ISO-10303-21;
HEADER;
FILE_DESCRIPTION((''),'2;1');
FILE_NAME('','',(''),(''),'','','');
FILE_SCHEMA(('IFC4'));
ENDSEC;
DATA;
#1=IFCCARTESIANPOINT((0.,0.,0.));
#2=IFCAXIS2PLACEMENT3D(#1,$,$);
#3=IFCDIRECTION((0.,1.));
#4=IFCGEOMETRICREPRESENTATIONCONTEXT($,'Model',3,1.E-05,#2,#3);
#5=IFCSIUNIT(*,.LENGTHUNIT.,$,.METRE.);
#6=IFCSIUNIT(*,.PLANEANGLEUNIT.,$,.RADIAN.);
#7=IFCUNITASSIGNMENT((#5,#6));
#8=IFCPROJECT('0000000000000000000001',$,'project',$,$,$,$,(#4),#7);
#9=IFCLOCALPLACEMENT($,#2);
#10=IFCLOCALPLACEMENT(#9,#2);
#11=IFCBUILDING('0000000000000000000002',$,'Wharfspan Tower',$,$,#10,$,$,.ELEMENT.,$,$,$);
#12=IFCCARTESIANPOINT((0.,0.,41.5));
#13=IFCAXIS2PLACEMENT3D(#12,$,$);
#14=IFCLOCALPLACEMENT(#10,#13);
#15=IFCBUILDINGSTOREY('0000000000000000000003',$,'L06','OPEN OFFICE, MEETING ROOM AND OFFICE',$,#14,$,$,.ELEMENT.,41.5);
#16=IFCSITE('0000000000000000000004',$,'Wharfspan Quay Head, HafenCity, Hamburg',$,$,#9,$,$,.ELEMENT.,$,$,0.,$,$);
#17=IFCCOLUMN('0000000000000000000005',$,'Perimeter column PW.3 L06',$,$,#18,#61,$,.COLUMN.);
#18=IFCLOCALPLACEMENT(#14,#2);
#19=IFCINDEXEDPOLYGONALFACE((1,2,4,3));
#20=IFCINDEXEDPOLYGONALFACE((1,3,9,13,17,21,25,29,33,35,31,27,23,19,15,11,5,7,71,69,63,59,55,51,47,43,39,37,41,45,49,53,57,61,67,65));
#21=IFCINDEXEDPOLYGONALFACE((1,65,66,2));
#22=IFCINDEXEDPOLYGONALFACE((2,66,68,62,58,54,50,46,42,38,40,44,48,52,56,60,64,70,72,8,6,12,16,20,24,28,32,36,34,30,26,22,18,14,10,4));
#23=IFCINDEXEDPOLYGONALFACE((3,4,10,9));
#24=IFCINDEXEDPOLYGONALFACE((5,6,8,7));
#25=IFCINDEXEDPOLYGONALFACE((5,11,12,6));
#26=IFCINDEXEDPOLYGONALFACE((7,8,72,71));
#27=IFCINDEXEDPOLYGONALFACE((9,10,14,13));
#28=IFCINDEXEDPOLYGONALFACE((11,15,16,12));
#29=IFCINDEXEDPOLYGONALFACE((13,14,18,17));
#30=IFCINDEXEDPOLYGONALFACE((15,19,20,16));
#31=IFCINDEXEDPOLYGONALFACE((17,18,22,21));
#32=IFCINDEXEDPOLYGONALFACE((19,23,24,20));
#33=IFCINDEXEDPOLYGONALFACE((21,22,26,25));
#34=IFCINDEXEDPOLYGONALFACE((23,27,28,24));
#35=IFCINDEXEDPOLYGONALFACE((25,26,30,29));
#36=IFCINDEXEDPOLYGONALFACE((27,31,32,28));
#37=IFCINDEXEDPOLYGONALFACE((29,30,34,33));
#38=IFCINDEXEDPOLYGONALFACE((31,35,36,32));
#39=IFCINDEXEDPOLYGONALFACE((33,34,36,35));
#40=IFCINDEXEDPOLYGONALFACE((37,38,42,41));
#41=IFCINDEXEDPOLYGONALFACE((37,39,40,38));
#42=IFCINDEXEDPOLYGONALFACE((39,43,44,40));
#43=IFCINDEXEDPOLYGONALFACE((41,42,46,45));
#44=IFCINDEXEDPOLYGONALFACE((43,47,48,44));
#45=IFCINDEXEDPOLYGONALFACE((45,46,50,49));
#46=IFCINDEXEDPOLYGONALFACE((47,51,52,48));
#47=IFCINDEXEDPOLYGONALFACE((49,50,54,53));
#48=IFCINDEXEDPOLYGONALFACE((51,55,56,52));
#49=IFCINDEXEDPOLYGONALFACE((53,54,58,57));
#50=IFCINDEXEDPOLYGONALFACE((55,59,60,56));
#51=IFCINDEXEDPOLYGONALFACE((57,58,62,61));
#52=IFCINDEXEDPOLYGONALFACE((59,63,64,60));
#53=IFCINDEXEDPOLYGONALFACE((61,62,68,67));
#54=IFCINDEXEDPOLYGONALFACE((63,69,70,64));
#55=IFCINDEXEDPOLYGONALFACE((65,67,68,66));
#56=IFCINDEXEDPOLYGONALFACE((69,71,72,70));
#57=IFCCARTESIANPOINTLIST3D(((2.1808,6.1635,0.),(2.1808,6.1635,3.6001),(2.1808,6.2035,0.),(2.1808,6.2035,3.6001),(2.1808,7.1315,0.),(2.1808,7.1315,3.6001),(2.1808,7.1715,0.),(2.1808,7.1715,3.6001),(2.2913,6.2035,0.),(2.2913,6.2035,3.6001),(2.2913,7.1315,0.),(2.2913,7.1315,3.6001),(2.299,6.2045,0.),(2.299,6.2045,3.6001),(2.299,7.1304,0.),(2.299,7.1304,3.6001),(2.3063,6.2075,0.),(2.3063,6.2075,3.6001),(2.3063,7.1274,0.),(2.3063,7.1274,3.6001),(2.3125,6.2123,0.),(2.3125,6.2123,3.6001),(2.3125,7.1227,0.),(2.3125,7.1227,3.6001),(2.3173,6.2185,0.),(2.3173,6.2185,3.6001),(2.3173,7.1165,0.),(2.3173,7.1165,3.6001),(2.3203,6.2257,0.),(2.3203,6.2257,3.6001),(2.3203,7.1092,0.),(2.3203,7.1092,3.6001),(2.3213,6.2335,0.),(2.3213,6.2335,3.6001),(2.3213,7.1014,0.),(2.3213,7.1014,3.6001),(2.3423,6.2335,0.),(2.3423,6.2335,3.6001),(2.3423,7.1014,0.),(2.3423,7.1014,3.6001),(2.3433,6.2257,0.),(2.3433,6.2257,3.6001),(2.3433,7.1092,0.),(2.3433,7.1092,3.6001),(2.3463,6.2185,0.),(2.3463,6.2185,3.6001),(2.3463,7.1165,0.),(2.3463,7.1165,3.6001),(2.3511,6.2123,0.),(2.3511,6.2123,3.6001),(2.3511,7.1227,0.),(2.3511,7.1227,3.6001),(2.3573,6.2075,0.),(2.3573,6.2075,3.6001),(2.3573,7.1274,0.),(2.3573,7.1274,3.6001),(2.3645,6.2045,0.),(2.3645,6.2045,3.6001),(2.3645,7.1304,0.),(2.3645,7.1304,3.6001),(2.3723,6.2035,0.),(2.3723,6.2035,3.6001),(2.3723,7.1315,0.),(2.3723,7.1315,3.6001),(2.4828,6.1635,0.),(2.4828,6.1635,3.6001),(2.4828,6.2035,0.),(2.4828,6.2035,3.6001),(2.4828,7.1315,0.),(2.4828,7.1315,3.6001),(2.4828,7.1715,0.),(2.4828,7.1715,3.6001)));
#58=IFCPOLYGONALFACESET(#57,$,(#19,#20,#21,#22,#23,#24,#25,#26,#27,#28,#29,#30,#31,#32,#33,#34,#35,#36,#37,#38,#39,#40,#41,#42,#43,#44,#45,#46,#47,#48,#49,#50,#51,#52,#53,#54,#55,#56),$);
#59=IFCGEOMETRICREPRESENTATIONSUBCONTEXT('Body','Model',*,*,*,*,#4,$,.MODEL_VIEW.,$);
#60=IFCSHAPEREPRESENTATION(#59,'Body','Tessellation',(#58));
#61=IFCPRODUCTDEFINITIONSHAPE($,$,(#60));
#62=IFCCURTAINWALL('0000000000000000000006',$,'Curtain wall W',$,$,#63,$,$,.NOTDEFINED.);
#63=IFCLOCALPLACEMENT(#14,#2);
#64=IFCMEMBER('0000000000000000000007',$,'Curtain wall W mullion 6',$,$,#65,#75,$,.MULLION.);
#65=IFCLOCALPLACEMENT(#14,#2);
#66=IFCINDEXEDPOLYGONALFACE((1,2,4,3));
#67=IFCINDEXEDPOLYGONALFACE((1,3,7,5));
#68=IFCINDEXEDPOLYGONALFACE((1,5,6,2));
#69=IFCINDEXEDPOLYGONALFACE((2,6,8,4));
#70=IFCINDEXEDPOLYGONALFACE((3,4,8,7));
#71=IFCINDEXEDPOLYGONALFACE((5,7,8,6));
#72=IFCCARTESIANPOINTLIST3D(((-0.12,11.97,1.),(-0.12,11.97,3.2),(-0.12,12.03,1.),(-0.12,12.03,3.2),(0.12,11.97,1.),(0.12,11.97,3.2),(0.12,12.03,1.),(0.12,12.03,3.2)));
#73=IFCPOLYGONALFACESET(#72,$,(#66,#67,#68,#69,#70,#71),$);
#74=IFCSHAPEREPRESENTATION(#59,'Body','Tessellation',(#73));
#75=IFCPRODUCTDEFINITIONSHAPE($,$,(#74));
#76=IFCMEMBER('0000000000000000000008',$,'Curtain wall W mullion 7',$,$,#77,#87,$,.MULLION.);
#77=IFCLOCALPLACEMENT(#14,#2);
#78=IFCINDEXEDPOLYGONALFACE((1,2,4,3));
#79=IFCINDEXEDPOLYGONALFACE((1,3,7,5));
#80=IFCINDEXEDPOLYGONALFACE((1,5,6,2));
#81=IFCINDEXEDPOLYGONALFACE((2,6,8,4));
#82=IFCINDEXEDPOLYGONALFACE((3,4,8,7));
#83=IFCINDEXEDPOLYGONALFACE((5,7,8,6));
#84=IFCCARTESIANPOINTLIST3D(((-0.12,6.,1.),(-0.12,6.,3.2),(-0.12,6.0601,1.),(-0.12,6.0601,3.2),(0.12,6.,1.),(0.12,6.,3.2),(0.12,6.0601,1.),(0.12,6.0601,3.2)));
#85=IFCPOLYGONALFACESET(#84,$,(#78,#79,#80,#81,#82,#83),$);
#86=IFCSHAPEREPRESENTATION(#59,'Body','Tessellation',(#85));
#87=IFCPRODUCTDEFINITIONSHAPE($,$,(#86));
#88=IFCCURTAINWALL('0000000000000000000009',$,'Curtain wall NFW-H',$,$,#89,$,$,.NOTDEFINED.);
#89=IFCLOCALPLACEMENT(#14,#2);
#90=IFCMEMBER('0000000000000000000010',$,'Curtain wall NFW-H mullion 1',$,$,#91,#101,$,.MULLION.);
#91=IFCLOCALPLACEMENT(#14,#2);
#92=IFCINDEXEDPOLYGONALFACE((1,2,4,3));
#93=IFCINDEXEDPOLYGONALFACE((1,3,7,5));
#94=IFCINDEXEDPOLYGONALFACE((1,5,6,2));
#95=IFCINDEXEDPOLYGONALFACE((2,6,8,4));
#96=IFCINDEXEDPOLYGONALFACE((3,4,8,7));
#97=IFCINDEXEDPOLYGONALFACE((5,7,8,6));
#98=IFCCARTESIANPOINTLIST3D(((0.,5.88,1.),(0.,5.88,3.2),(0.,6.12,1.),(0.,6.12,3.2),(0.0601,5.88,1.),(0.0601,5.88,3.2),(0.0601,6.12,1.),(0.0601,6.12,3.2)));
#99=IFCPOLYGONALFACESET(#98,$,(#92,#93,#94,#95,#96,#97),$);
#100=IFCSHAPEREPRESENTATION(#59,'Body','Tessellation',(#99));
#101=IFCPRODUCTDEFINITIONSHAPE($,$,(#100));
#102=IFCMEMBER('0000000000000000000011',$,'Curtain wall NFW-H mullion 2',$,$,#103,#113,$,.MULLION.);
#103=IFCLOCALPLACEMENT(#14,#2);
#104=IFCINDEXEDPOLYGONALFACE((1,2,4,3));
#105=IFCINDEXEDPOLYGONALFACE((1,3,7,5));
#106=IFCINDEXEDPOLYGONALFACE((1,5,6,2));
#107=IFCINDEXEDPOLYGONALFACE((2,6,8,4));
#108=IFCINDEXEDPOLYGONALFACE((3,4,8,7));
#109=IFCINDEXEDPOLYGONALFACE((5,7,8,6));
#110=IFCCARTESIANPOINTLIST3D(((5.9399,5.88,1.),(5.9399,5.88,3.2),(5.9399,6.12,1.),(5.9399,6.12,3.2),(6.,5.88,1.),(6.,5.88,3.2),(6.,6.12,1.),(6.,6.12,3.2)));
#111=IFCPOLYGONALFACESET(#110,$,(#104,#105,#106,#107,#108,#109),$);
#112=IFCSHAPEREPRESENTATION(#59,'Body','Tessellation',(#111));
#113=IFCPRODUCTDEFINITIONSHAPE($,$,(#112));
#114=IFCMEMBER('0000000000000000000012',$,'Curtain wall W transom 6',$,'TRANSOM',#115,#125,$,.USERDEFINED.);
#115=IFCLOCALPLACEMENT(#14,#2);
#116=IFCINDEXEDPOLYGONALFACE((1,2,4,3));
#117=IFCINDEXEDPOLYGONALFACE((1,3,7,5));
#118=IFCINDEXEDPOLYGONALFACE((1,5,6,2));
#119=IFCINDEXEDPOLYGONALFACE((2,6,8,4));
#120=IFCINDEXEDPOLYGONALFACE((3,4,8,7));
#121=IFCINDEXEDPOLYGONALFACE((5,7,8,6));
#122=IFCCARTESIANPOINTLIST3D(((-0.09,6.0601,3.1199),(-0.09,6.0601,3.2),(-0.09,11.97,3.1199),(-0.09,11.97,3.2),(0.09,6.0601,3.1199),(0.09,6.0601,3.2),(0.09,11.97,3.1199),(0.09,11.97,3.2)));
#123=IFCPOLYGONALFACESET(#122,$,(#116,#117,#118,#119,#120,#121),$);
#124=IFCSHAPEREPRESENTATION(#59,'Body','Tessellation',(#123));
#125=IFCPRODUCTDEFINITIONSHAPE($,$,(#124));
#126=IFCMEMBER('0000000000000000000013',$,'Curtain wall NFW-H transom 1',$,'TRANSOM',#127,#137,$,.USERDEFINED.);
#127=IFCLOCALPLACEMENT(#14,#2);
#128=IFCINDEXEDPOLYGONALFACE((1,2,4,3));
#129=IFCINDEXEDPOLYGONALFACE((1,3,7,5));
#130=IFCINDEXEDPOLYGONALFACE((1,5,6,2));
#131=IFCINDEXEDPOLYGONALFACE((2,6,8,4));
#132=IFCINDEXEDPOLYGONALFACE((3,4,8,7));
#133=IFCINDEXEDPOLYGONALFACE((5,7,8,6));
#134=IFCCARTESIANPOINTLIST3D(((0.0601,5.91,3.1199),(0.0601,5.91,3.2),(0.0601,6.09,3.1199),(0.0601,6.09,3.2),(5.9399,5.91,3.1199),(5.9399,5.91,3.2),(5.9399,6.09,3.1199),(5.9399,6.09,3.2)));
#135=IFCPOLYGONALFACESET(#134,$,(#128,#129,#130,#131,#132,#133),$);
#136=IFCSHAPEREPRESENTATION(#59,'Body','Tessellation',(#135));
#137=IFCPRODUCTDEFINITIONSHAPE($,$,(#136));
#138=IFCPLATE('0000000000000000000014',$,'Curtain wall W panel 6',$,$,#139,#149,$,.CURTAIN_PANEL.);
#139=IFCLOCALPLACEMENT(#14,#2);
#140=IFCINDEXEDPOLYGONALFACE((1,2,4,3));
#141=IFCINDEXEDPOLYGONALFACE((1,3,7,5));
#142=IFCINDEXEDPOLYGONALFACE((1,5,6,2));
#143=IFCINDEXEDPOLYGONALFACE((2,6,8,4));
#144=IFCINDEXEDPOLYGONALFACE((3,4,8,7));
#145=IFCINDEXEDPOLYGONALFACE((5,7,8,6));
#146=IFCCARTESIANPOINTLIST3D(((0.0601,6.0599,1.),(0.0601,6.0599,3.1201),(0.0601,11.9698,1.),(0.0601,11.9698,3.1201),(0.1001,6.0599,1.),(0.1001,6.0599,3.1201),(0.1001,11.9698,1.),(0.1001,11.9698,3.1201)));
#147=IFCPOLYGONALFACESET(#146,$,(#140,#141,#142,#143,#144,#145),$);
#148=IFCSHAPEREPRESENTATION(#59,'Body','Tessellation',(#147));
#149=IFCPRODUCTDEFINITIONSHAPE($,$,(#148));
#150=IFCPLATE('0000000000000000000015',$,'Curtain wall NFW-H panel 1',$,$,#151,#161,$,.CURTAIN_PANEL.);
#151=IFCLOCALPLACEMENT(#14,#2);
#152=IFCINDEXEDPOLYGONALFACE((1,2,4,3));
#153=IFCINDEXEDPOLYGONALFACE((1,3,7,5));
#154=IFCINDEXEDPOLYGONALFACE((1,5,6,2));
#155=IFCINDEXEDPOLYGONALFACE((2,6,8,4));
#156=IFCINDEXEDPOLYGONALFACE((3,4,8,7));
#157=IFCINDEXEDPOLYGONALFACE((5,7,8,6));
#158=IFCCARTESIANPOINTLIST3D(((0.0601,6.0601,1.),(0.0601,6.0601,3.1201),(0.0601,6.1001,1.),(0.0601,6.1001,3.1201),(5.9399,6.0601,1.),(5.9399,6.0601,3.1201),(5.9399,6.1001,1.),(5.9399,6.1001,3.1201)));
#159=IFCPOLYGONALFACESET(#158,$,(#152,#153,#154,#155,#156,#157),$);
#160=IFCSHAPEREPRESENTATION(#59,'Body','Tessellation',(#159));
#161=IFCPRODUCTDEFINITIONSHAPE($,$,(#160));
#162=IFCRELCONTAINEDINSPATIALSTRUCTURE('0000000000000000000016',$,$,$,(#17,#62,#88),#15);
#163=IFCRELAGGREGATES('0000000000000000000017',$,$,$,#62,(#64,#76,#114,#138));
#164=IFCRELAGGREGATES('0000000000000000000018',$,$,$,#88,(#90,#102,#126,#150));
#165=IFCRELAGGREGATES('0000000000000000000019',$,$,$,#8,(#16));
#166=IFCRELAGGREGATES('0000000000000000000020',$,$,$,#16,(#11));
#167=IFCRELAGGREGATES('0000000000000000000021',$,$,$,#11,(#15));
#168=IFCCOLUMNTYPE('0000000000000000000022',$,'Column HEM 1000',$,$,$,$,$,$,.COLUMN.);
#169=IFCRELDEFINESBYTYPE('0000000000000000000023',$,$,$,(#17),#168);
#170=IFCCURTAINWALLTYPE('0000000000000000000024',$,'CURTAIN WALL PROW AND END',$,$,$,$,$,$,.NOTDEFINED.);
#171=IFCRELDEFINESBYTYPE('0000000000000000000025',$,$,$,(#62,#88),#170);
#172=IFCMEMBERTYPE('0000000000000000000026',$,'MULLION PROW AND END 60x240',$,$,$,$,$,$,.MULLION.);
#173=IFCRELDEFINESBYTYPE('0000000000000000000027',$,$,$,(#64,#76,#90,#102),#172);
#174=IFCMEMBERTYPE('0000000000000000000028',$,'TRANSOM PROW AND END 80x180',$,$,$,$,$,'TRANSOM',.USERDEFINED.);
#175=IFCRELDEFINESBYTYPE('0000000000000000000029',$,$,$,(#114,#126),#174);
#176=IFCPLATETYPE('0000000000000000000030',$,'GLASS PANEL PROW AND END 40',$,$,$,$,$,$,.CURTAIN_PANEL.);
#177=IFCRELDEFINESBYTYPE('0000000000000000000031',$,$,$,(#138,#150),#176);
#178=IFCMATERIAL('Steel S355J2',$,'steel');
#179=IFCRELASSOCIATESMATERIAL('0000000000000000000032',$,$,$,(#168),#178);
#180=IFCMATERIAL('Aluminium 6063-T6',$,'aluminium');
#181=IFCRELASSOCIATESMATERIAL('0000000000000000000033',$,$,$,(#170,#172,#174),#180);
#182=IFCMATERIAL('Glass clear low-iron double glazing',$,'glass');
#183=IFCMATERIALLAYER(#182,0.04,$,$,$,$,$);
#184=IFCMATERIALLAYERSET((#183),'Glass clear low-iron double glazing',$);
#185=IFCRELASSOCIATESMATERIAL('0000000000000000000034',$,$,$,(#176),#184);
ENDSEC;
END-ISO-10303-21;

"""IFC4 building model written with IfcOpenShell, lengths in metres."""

from ifc_helpers import new_model, si_unit, direction, frame, origin, origin_2d, place, context, subcontext, project, spatial, rectangle, i_section, extrude, material, layer, layer_set, material_profile, profile_set, type_object, element, aggregate, save


model = new_model("IFC4")

# Units and contexts
model_context = context("Model", 3, precision=1e-05, world=origin(), true_north=direction((0.0, 1.0)))
body_context = subcontext(model_context, "Body", "Model", "MODEL_VIEW")
ifc_project = project(units=[si_unit("LENGTHUNIT", "METRE"), si_unit("PLANEANGLEUNIT", "RADIAN")], contexts=[model_context])

# Site, building, storey
site_placement = place(None, origin())
site = spatial("IfcSite", under=ifc_project, at=site_placement, Name="Wharfspan Quay Head, HafenCity, Hamburg", CompositionType="ELEMENT", RefElevation=0.0)
building_placement = place(site_placement, origin())
building = spatial("IfcBuilding", under=site, at=building_placement, Name="Wharfspan Tower", CompositionType="ELEMENT")
storey_placement = place(building_placement, frame((0.0, 0.0, 41.5)))
storey = spatial("IfcBuildingStorey", under=building, at=storey_placement, Name="L06", Description="OPEN OFFICE, MEETING ROOM AND OFFICE", CompositionType="ELEMENT", Elevation=41.5)

# Column
ifc_material_1 = material(Name="Steel S355J2", Category="steel")
ifc_material_profile_1 = material_profile(ifc_material_1, i_section(OverallWidth=0.302, OverallDepth=1.0081, WebThickness=0.021, FlangeThickness=0.04, FilletRadius=0.03, at=origin_2d()))
ifc_profile_set_1 = profile_set([ifc_material_profile_1], Name="Steel S355J2")
column_type = type_object("IfcColumnType", Name="Column HEM 1000", PredefinedType="COLUMN", material=ifc_profile_set_1)
column_placement = place(storey_placement, frame((2.3318, 6.6675, 0.0), z_axis=(0.0, 0.0, 1.0), x_axis=(-1.0, 0.0, 0.0)))
element("IfcColumn", 1, at=column_placement, inside=storey, type_object=column_type, Name="Perimeter column PW.3 L06", PredefinedType="COLUMN", context=body_context, shape_type="SweptSolid", body=[
    extrude(i_section(OverallWidth=0.302, OverallDepth=1.0081, WebThickness=0.021, FlangeThickness=0.04, FilletRadius=0.03, at=origin_2d()), origin(), (0.0, 0.0, 1.0), 3.6001),
])

# Curtain walls, members
ifc_material_2 = material(Name="Aluminium 6063-T6", Category="aluminium")
curtain_wall_type = type_object("IfcCurtainWallType", Name="CURTAIN WALL PROW AND END", PredefinedType="NOTDEFINED", material=ifc_material_2)
curtain_wall_1_placement = place(storey_placement, origin())
curtain_wall_1 = element("IfcCurtainWall", 2, at=curtain_wall_1_placement, inside=storey, type_object=curtain_wall_type, Name="Curtain wall W", PredefinedType="NOTDEFINED")
ifc_material_profile_2 = material_profile(ifc_material_2, rectangle(XDim=0.24, YDim=0.0601, at=origin_2d()))
ifc_profile_set_2 = profile_set([ifc_material_profile_2], Name="Aluminium 6063-T6")
member_type_1 = type_object("IfcMemberType", Name="MULLION PROW AND END 60x240", PredefinedType="MULLION", material=ifc_profile_set_2)
member_1_placement = place(storey_placement, frame((0.0, 12.0, 1.0), z_axis=(0.0, 0.0, 1.0), x_axis=(1.0, 0.0, 0.0)))
member_1 = element("IfcMember", 3, at=member_1_placement, type_object=member_type_1, Name="Curtain wall W mullion 6", PredefinedType="MULLION", context=body_context, shape_type="SweptSolid", body=[
    extrude(rectangle(XDim=0.24, YDim=0.0601, at=origin_2d()), origin(), (0.0, 0.0, 1.0), 2.2),
])
member_2_placement = place(storey_placement, frame((0.0, 6.03, 1.0), z_axis=(0.0, 0.0, 1.0), x_axis=(1.0, 0.0, 0.0)))
member_2 = element("IfcMember", 4, at=member_2_placement, type_object=member_type_1, Name="Curtain wall W mullion 7", PredefinedType="MULLION", context=body_context, shape_type="SweptSolid", body=[
    extrude(rectangle(XDim=0.24, YDim=0.0601, at=origin_2d()), origin(), (0.0, 0.0, 1.0), 2.2),
])
curtain_wall_2_placement = place(storey_placement, origin())
curtain_wall_2 = element("IfcCurtainWall", 5, at=curtain_wall_2_placement, inside=storey, type_object=curtain_wall_type, Name="Curtain wall NFW-H", PredefinedType="NOTDEFINED")
member_3_placement = place(storey_placement, frame((0.03, 6.0, 1.0), z_axis=(0.0, 0.0, 1.0), x_axis=(0.0, 1.0, 0.0)))
member_3 = element("IfcMember", 6, at=member_3_placement, type_object=member_type_1, Name="Curtain wall NFW-H mullion 1", PredefinedType="MULLION", context=body_context, shape_type="SweptSolid", body=[
    extrude(rectangle(XDim=0.24, YDim=0.0601, at=origin_2d()), origin(), (0.0, 0.0, 1.0), 2.2),
])
member_4_placement = place(storey_placement, frame((5.97, 6.0, 1.0), z_axis=(0.0, 0.0, 1.0), x_axis=(0.0, 1.0, 0.0)))
member_4 = element("IfcMember", 7, at=member_4_placement, type_object=member_type_1, Name="Curtain wall NFW-H mullion 2", PredefinedType="MULLION", context=body_context, shape_type="SweptSolid", body=[
    extrude(rectangle(XDim=0.24, YDim=0.0601, at=origin_2d()), origin(), (0.0, 0.0, 1.0), 2.2),
])

# Members
ifc_material_profile_3 = material_profile(ifc_material_2, rectangle(XDim=0.1799, YDim=0.0801, at=origin_2d()))
ifc_profile_set_3 = profile_set([ifc_material_profile_3], Name="Aluminium 6063-T6")
member_type_2 = type_object("IfcMemberType", Name="TRANSOM PROW AND END 80x180", ElementType="TRANSOM", PredefinedType="USERDEFINED", material=ifc_profile_set_3)
member_5_placement = place(storey_placement, frame((0.0, 11.97, 3.1599), z_axis=(0.0, -1.0, 0.0), x_axis=(1.0, 0.0, 0.0)))
member_5 = element("IfcMember", 8, at=member_5_placement, type_object=member_type_2, Name="Curtain wall W transom 6", ObjectType="TRANSOM", PredefinedType="USERDEFINED", context=body_context, shape_type="SweptSolid", body=[
    extrude(rectangle(XDim=0.1799, YDim=0.0801, at=origin_2d()), origin(), (0.0, 0.0, 1.0), 5.9099),
])
member_6_placement = place(storey_placement, frame((0.0601, 6.0, 3.1599), z_axis=(1.0, 0.0, 0.0), x_axis=(0.0, 1.0, 0.0)))
member_6 = element("IfcMember", 9, at=member_6_placement, type_object=member_type_2, Name="Curtain wall NFW-H transom 1", ObjectType="TRANSOM", PredefinedType="USERDEFINED", context=body_context, shape_type="SweptSolid", body=[
    extrude(rectangle(XDim=0.1799, YDim=0.0801, at=origin_2d()), origin(), (0.0, 0.0, 1.0), 5.8799),
])

# Plates
ifc_material_3 = material(Name="Glass clear low-iron double glazing", Category="glass")
ifc_layer_1 = layer(ifc_material_3, 0.04)
ifc_layer_set_1 = layer_set([ifc_layer_1], Name="Glass clear low-iron double glazing")
plate_type = type_object("IfcPlateType", Name="GLASS PANEL PROW AND END 40", PredefinedType="CURTAIN_PANEL", material=ifc_layer_set_1)
plate_1_placement = place(storey_placement, frame((0.0801, 9.0149, 1.0), z_axis=(0.0, 0.0, 1.0), x_axis=(0.0, -1.0, 0.0)))
plate_1 = element("IfcPlate", 10, at=plate_1_placement, type_object=plate_type, Name="Curtain wall W panel 6", PredefinedType="CURTAIN_PANEL", context=body_context, shape_type="SweptSolid", body=[
    extrude(rectangle(XDim=5.9099, YDim=0.04, at=origin_2d()), origin(), (0.0, 0.0, 1.0), 2.1201),
])
aggregate(curtain_wall_1, [member_1, member_2, member_5, plate_1])
plate_2_placement = place(storey_placement, frame((3.0, 6.0801, 1.0), z_axis=(0.0, 0.0, 1.0), x_axis=(1.0, 0.0, 0.0)))
plate_2 = element("IfcPlate", 11, at=plate_2_placement, type_object=plate_type, Name="Curtain wall NFW-H panel 1", PredefinedType="CURTAIN_PANEL", context=body_context, shape_type="SweptSolid", body=[
    extrude(rectangle(XDim=5.8799, YDim=0.04, at=origin_2d()), origin(), (0.0, 0.0, 1.0), 2.1201),
])
aggregate(curtain_wall_2, [member_3, member_4, member_6, plate_2])

save(model, "model.ifc")
